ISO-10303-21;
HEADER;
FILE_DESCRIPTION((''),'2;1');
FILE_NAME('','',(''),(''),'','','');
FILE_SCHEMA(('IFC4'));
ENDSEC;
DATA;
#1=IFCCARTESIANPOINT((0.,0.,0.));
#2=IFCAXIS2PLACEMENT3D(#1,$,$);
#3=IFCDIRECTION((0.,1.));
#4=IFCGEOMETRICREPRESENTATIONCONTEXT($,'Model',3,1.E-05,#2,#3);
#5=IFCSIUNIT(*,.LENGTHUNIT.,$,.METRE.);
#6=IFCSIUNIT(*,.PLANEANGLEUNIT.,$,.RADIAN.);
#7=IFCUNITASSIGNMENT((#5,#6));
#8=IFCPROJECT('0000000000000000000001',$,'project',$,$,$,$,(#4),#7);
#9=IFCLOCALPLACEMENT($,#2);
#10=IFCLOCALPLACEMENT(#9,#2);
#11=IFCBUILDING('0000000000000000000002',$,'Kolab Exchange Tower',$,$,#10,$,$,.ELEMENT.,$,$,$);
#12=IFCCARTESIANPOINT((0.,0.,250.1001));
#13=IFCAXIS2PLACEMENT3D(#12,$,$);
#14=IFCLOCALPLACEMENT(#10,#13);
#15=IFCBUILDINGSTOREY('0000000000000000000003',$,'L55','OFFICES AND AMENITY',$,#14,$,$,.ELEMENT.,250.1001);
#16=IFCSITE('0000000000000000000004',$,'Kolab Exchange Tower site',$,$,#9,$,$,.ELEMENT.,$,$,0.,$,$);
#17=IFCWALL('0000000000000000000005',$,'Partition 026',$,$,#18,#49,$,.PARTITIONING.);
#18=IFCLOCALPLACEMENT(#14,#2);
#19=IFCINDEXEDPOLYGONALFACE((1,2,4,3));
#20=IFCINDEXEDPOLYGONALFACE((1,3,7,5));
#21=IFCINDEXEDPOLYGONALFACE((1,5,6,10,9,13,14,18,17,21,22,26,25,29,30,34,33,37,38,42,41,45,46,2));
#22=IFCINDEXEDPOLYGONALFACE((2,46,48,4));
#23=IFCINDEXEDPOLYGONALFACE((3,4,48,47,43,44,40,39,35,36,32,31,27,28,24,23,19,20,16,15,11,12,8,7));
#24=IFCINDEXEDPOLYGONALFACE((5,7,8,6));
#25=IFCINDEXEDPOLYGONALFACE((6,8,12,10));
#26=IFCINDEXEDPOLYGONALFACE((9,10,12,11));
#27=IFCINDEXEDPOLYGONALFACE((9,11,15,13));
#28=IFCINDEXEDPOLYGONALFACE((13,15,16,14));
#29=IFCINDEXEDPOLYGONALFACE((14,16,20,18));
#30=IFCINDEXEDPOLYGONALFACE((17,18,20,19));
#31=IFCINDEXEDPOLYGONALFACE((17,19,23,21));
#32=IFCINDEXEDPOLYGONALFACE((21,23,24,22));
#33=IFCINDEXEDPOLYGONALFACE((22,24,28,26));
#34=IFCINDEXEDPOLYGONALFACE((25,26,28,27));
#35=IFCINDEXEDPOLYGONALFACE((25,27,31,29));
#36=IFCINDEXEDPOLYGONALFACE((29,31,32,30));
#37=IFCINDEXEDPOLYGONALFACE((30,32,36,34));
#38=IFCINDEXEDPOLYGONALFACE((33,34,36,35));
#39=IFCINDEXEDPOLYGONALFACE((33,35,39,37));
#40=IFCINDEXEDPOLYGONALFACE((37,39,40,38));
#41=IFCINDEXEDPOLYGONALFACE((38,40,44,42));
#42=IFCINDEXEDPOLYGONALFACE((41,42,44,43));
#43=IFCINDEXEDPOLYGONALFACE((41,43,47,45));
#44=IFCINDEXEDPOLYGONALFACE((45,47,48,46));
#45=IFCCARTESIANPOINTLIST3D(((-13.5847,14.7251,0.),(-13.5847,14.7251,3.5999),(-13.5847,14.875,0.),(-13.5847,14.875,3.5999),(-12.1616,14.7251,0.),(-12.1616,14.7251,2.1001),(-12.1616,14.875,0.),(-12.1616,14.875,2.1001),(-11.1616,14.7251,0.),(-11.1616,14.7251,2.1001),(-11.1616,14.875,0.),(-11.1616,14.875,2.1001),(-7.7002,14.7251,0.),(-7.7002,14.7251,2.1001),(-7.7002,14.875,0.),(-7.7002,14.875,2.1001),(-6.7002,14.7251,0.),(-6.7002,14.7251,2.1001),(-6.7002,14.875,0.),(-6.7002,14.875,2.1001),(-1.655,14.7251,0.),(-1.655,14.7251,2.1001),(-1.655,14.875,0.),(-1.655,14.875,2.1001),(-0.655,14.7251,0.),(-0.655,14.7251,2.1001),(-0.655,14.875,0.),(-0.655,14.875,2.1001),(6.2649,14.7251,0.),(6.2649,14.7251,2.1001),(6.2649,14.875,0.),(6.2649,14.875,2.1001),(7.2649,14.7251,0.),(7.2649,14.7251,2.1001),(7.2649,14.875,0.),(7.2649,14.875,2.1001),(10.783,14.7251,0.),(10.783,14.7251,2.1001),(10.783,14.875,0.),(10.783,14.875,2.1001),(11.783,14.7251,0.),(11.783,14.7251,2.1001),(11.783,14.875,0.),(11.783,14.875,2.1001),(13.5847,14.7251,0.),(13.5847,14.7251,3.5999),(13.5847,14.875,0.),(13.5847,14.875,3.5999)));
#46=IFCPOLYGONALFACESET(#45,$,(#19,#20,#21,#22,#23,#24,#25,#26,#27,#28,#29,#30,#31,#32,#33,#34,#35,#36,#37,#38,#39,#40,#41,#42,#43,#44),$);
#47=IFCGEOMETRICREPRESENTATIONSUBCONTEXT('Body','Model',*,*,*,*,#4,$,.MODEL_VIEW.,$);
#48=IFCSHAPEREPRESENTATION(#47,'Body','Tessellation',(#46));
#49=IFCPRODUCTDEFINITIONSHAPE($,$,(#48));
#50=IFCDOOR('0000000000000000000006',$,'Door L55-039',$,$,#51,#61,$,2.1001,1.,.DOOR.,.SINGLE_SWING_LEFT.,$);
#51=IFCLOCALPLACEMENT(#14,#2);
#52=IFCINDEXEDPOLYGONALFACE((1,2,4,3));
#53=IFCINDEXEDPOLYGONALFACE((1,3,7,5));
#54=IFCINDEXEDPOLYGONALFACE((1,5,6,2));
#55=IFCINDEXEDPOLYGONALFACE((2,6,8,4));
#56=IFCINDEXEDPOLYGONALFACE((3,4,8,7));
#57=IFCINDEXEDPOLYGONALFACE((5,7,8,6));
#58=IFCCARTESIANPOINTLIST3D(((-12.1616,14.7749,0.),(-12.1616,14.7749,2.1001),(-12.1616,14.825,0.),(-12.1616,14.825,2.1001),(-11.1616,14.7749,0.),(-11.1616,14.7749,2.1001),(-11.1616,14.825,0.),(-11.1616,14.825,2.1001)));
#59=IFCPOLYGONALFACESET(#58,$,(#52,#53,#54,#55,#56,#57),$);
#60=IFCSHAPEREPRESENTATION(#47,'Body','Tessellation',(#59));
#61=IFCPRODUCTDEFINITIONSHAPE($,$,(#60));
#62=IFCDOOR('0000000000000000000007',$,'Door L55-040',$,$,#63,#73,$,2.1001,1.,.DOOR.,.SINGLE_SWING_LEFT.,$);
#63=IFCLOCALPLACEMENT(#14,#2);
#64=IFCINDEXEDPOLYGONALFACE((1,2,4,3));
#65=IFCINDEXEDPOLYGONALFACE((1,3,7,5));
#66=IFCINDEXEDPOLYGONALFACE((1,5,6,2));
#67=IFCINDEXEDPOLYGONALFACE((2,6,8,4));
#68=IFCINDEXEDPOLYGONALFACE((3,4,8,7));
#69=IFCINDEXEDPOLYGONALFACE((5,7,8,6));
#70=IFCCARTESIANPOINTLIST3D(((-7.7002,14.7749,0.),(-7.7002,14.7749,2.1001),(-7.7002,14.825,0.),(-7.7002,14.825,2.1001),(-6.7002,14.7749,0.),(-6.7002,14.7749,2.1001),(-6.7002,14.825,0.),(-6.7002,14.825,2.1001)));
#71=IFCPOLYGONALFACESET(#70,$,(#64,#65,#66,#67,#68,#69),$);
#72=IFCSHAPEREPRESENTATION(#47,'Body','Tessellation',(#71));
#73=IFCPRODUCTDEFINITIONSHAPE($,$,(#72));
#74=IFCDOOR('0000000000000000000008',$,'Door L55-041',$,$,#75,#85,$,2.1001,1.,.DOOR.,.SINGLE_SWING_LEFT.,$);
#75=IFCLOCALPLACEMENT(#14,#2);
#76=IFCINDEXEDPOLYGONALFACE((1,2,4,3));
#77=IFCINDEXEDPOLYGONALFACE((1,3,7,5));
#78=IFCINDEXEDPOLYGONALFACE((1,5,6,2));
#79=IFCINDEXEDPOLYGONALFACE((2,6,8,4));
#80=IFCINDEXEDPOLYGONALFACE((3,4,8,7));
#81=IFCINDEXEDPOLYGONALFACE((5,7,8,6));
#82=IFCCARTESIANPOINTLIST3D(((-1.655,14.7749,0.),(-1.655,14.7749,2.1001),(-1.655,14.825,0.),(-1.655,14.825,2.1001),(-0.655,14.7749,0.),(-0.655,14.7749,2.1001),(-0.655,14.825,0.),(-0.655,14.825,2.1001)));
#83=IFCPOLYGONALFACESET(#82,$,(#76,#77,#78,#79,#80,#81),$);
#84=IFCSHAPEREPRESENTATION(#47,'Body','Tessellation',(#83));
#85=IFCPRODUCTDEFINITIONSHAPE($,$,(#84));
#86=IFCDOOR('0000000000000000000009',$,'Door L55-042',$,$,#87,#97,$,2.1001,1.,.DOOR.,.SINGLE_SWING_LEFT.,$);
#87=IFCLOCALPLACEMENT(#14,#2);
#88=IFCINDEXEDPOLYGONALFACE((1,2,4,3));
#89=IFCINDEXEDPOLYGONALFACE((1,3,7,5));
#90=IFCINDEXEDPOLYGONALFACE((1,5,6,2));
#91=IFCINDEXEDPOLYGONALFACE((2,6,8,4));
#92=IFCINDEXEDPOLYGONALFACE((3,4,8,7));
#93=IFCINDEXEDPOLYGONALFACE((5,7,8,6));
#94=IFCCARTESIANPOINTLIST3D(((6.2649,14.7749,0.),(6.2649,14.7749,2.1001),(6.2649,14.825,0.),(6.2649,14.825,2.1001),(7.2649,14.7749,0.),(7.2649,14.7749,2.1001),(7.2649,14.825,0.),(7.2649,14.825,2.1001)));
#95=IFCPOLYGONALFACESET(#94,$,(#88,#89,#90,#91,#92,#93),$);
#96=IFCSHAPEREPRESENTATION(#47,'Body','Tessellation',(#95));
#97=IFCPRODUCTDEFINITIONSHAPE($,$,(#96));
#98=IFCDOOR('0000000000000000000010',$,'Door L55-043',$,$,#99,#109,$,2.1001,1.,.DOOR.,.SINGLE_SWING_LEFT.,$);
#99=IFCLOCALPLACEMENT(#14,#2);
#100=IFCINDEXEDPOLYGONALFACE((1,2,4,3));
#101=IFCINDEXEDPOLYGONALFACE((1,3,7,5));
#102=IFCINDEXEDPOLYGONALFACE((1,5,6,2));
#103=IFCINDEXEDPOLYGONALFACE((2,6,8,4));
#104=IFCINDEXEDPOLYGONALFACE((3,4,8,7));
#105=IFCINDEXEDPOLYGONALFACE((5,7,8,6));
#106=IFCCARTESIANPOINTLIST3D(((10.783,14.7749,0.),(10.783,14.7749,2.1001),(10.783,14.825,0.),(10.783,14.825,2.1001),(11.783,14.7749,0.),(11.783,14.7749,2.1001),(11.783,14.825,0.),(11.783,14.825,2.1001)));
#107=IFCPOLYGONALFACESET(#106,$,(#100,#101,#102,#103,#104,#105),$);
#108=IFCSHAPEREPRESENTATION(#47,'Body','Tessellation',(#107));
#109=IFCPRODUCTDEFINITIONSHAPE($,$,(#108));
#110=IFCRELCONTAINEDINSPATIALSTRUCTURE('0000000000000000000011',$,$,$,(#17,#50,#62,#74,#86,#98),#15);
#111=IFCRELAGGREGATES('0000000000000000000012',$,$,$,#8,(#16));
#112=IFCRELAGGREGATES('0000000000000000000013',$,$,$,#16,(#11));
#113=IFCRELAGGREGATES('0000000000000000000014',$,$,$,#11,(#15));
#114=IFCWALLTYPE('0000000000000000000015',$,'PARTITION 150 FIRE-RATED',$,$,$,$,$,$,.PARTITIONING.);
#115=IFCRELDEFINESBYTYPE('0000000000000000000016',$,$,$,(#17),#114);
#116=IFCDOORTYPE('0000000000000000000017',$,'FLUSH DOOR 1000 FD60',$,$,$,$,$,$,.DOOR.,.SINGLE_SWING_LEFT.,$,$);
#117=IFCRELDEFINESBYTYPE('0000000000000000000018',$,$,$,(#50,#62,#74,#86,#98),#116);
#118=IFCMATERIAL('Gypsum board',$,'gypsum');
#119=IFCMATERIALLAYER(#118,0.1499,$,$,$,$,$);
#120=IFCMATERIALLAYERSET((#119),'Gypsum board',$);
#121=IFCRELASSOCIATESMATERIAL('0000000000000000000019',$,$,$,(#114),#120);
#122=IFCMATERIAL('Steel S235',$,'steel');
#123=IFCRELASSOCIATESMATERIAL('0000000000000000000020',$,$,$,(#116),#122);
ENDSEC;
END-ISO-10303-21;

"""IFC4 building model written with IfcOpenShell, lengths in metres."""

from ifc_helpers import new_model, si_unit, direction, frame, frame_2d, origin, place, context, subcontext, project, spatial, rectangle, extrude, material, layer, layer_set, type_object, element, fill, save


model = new_model("IFC4")

# Units and contexts
model_context = context("Model", 3, precision=1e-05, world=origin(), true_north=direction((0.0, 1.0)))
body_context = subcontext(model_context, "Body", "Model", "MODEL_VIEW")
ifc_project = project(units=[si_unit("LENGTHUNIT", "METRE"), si_unit("PLANEANGLEUNIT", "RADIAN")], contexts=[model_context])

# Site, building, storey
site_placement = place(None, origin())
site = spatial("IfcSite", under=ifc_project, at=site_placement, Name="Kolab Exchange Tower site", CompositionType="ELEMENT", RefElevation=0.0)
building_placement = place(site_placement, origin())
building = spatial("IfcBuilding", under=site, at=building_placement, Name="Kolab Exchange Tower", CompositionType="ELEMENT")
storey_placement = place(building_placement, frame((0.0, 0.0, 250.1001)))
storey = spatial("IfcBuildingStorey", under=building, at=storey_placement, Name="L55", Description="OFFICES AND AMENITY", CompositionType="ELEMENT", Elevation=250.1001)

# Wall, openings, doors
ifc_material_1 = material(Name="Gypsum board", Category="gypsum")
ifc_layer_1 = layer(ifc_material_1, 0.1499)
ifc_layer_set_1 = layer_set([ifc_layer_1], Name="Gypsum board")
wall_type = type_object("IfcWallType", Name="PARTITION 150 FIRE-RATED", PredefinedType="PARTITIONING", material=ifc_layer_set_1)
ifc_material_2 = material(Name="Steel S235", Category="steel")
door_type_1 = type_object("IfcDoorType", Name="FLUSH DOOR 1000 FD60", OperationType="SINGLE_SWING_LEFT", PredefinedType="DOOR", material=ifc_material_2)
wall_1_placement = place(storey_placement, frame((-13.5847, 14.8, 0.0), z_axis=(0.0, 0.0, 1.0), x_axis=(1.0, 0.0, 0.0)))
wall_1 = element("IfcWall", 1, at=wall_1_placement, inside=storey, type_object=wall_type, Name="Partition 026", PredefinedType="PARTITIONING", context=body_context, shape_type="SweptSolid", body=[
    extrude(rectangle(XDim=27.1694, YDim=0.1499, at=frame_2d((13.5847, 0.0))), origin(), (0.0, 0.0, 1.0), 3.5999),
])
opening_1_placement = place(wall_1_placement, frame((1.4231, 0.0, 0.0)))
opening_1 = element("IfcOpeningElement", 2, at=opening_1_placement, cuts=wall_1, PredefinedType="OPENING", context=body_context, shape_type="SweptSolid", body=[
    extrude(rectangle(XDim=1.0, YDim=2.1001, at=frame_2d((0.5, 1.05))), frame((0.0, 0.085, 0.0), z_axis=(0.0, -1.0, 0.0), x_axis=(1.0, 0.0, 0.0)), (0.0, 0.0, 1.0), 0.1699),
])
opening_2_placement = place(wall_1_placement, frame((5.8845, 0.0, 0.0)))
opening_2 = element("IfcOpeningElement", 3, at=opening_2_placement, cuts=wall_1, PredefinedType="OPENING", context=body_context, shape_type="SweptSolid", body=[
    extrude(rectangle(XDim=1.0, YDim=2.1001, at=frame_2d((0.5, 1.05))), frame((0.0, 0.085, 0.0), z_axis=(0.0, -1.0, 0.0), x_axis=(1.0, 0.0, 0.0)), (0.0, 0.0, 1.0), 0.1699),
])
opening_3_placement = place(wall_1_placement, frame((11.9297, 0.0, 0.0)))
opening_3 = element("IfcOpeningElement", 4, at=opening_3_placement, cuts=wall_1, PredefinedType="OPENING", context=body_context, shape_type="SweptSolid", body=[
    extrude(rectangle(XDim=1.0, YDim=2.1001, at=frame_2d((0.5, 1.05))), frame((0.0, 0.085, 0.0), z_axis=(0.0, -1.0, 0.0), x_axis=(1.0, 0.0, 0.0)), (0.0, 0.0, 1.0), 0.1699),
])
opening_4_placement = place(wall_1_placement, frame((19.8496, 0.0, 0.0)))
opening_4 = element("IfcOpeningElement", 5, at=opening_4_placement, cuts=wall_1, PredefinedType="OPENING", context=body_context, shape_type="SweptSolid", body=[
    extrude(rectangle(XDim=1.0, YDim=2.1001, at=frame_2d((0.5, 1.05))), frame((0.0, 0.085, 0.0), z_axis=(0.0, -1.0, 0.0), x_axis=(1.0, 0.0, 0.0)), (0.0, 0.0, 1.0), 0.1699),
])
opening_5_placement = place(wall_1_placement, frame((24.3677, 0.0, 0.0)))
opening_5 = element("IfcOpeningElement", 6, at=opening_5_placement, cuts=wall_1, PredefinedType="OPENING", context=body_context, shape_type="SweptSolid", body=[
    extrude(rectangle(XDim=1.0, YDim=2.1001, at=frame_2d((0.5, 1.05))), frame((0.0, 0.085, 0.0), z_axis=(0.0, -1.0, 0.0), x_axis=(1.0, 0.0, 0.0)), (0.0, 0.0, 1.0), 0.1699),
])
door_1_placement = place(opening_1_placement, origin())
door_1 = element("IfcDoor", 7, at=door_1_placement, inside=storey, type_object=door_type_1, Name="Door L55-039", OperationType="SINGLE_SWING_LEFT", OverallHeight=2.1001, OverallWidth=1.0, PredefinedType="DOOR", context=body_context, shape_type="SweptSolid", body=[
    extrude(rectangle(XDim=1.0, YDim=2.1001, at=frame_2d((0.5, 1.05))), frame((0.0, 0.0249, 0.0), z_axis=(0.0, -1.0, 0.0), x_axis=(1.0, 0.0, 0.0)), (0.0, 0.0, 1.0), 0.05),
])
fill(opening_1, door_1)
door_2_placement = place(opening_2_placement, origin())
door_2 = element("IfcDoor", 8, at=door_2_placement, inside=storey, type_object=door_type_1, Name="Door L55-040", OperationType="SINGLE_SWING_LEFT", OverallHeight=2.1001, OverallWidth=1.0, PredefinedType="DOOR", context=body_context, shape_type="SweptSolid", body=[
    extrude(rectangle(XDim=1.0, YDim=2.1001, at=frame_2d((0.5, 1.05))), frame((0.0, 0.0249, 0.0), z_axis=(0.0, -1.0, 0.0), x_axis=(1.0, 0.0, 0.0)), (0.0, 0.0, 1.0), 0.05),
])
fill(opening_2, door_2)
door_3_placement = place(opening_3_placement, origin())
door_3 = element("IfcDoor", 9, at=door_3_placement, inside=storey, type_object=door_type_1, Name="Door L55-041", OperationType="SINGLE_SWING_LEFT", OverallHeight=2.1001, OverallWidth=1.0, PredefinedType="DOOR", context=body_context, shape_type="SweptSolid", body=[
    extrude(rectangle(XDim=1.0, YDim=2.1001, at=frame_2d((0.5, 1.05))), frame((0.0, 0.0249, 0.0), z_axis=(0.0, -1.0, 0.0), x_axis=(1.0, 0.0, 0.0)), (0.0, 0.0, 1.0), 0.05),
])
fill(opening_3, door_3)
door_4_placement = place(opening_4_placement, origin())
door_4 = element("IfcDoor", 10, at=door_4_placement, inside=storey, type_object=door_type_1, Name="Door L55-042", OperationType="SINGLE_SWING_LEFT", OverallHeight=2.1001, OverallWidth=1.0, PredefinedType="DOOR", context=body_context, shape_type="SweptSolid", body=[
    extrude(rectangle(XDim=1.0, YDim=2.1001, at=frame_2d((0.5, 1.05))), frame((0.0, 0.0249, 0.0), z_axis=(0.0, -1.0, 0.0), x_axis=(1.0, 0.0, 0.0)), (0.0, 0.0, 1.0), 0.05),
])
fill(opening_4, door_4)
door_5_placement = place(opening_5_placement, origin())
door_5 = element("IfcDoor", 11, at=door_5_placement, inside=storey, type_object=door_type_1, Name="Door L55-043", OperationType="SINGLE_SWING_LEFT", OverallHeight=2.1001, OverallWidth=1.0, PredefinedType="DOOR", context=body_context, shape_type="SweptSolid", body=[
    extrude(rectangle(XDim=1.0, YDim=2.1001, at=frame_2d((0.5, 1.05))), frame((0.0, 0.0249, 0.0), z_axis=(0.0, -1.0, 0.0), x_axis=(1.0, 0.0, 0.0)), (0.0, 0.0, 1.0), 0.05),
])
fill(opening_5, door_5)

save(model, "model.ifc")
